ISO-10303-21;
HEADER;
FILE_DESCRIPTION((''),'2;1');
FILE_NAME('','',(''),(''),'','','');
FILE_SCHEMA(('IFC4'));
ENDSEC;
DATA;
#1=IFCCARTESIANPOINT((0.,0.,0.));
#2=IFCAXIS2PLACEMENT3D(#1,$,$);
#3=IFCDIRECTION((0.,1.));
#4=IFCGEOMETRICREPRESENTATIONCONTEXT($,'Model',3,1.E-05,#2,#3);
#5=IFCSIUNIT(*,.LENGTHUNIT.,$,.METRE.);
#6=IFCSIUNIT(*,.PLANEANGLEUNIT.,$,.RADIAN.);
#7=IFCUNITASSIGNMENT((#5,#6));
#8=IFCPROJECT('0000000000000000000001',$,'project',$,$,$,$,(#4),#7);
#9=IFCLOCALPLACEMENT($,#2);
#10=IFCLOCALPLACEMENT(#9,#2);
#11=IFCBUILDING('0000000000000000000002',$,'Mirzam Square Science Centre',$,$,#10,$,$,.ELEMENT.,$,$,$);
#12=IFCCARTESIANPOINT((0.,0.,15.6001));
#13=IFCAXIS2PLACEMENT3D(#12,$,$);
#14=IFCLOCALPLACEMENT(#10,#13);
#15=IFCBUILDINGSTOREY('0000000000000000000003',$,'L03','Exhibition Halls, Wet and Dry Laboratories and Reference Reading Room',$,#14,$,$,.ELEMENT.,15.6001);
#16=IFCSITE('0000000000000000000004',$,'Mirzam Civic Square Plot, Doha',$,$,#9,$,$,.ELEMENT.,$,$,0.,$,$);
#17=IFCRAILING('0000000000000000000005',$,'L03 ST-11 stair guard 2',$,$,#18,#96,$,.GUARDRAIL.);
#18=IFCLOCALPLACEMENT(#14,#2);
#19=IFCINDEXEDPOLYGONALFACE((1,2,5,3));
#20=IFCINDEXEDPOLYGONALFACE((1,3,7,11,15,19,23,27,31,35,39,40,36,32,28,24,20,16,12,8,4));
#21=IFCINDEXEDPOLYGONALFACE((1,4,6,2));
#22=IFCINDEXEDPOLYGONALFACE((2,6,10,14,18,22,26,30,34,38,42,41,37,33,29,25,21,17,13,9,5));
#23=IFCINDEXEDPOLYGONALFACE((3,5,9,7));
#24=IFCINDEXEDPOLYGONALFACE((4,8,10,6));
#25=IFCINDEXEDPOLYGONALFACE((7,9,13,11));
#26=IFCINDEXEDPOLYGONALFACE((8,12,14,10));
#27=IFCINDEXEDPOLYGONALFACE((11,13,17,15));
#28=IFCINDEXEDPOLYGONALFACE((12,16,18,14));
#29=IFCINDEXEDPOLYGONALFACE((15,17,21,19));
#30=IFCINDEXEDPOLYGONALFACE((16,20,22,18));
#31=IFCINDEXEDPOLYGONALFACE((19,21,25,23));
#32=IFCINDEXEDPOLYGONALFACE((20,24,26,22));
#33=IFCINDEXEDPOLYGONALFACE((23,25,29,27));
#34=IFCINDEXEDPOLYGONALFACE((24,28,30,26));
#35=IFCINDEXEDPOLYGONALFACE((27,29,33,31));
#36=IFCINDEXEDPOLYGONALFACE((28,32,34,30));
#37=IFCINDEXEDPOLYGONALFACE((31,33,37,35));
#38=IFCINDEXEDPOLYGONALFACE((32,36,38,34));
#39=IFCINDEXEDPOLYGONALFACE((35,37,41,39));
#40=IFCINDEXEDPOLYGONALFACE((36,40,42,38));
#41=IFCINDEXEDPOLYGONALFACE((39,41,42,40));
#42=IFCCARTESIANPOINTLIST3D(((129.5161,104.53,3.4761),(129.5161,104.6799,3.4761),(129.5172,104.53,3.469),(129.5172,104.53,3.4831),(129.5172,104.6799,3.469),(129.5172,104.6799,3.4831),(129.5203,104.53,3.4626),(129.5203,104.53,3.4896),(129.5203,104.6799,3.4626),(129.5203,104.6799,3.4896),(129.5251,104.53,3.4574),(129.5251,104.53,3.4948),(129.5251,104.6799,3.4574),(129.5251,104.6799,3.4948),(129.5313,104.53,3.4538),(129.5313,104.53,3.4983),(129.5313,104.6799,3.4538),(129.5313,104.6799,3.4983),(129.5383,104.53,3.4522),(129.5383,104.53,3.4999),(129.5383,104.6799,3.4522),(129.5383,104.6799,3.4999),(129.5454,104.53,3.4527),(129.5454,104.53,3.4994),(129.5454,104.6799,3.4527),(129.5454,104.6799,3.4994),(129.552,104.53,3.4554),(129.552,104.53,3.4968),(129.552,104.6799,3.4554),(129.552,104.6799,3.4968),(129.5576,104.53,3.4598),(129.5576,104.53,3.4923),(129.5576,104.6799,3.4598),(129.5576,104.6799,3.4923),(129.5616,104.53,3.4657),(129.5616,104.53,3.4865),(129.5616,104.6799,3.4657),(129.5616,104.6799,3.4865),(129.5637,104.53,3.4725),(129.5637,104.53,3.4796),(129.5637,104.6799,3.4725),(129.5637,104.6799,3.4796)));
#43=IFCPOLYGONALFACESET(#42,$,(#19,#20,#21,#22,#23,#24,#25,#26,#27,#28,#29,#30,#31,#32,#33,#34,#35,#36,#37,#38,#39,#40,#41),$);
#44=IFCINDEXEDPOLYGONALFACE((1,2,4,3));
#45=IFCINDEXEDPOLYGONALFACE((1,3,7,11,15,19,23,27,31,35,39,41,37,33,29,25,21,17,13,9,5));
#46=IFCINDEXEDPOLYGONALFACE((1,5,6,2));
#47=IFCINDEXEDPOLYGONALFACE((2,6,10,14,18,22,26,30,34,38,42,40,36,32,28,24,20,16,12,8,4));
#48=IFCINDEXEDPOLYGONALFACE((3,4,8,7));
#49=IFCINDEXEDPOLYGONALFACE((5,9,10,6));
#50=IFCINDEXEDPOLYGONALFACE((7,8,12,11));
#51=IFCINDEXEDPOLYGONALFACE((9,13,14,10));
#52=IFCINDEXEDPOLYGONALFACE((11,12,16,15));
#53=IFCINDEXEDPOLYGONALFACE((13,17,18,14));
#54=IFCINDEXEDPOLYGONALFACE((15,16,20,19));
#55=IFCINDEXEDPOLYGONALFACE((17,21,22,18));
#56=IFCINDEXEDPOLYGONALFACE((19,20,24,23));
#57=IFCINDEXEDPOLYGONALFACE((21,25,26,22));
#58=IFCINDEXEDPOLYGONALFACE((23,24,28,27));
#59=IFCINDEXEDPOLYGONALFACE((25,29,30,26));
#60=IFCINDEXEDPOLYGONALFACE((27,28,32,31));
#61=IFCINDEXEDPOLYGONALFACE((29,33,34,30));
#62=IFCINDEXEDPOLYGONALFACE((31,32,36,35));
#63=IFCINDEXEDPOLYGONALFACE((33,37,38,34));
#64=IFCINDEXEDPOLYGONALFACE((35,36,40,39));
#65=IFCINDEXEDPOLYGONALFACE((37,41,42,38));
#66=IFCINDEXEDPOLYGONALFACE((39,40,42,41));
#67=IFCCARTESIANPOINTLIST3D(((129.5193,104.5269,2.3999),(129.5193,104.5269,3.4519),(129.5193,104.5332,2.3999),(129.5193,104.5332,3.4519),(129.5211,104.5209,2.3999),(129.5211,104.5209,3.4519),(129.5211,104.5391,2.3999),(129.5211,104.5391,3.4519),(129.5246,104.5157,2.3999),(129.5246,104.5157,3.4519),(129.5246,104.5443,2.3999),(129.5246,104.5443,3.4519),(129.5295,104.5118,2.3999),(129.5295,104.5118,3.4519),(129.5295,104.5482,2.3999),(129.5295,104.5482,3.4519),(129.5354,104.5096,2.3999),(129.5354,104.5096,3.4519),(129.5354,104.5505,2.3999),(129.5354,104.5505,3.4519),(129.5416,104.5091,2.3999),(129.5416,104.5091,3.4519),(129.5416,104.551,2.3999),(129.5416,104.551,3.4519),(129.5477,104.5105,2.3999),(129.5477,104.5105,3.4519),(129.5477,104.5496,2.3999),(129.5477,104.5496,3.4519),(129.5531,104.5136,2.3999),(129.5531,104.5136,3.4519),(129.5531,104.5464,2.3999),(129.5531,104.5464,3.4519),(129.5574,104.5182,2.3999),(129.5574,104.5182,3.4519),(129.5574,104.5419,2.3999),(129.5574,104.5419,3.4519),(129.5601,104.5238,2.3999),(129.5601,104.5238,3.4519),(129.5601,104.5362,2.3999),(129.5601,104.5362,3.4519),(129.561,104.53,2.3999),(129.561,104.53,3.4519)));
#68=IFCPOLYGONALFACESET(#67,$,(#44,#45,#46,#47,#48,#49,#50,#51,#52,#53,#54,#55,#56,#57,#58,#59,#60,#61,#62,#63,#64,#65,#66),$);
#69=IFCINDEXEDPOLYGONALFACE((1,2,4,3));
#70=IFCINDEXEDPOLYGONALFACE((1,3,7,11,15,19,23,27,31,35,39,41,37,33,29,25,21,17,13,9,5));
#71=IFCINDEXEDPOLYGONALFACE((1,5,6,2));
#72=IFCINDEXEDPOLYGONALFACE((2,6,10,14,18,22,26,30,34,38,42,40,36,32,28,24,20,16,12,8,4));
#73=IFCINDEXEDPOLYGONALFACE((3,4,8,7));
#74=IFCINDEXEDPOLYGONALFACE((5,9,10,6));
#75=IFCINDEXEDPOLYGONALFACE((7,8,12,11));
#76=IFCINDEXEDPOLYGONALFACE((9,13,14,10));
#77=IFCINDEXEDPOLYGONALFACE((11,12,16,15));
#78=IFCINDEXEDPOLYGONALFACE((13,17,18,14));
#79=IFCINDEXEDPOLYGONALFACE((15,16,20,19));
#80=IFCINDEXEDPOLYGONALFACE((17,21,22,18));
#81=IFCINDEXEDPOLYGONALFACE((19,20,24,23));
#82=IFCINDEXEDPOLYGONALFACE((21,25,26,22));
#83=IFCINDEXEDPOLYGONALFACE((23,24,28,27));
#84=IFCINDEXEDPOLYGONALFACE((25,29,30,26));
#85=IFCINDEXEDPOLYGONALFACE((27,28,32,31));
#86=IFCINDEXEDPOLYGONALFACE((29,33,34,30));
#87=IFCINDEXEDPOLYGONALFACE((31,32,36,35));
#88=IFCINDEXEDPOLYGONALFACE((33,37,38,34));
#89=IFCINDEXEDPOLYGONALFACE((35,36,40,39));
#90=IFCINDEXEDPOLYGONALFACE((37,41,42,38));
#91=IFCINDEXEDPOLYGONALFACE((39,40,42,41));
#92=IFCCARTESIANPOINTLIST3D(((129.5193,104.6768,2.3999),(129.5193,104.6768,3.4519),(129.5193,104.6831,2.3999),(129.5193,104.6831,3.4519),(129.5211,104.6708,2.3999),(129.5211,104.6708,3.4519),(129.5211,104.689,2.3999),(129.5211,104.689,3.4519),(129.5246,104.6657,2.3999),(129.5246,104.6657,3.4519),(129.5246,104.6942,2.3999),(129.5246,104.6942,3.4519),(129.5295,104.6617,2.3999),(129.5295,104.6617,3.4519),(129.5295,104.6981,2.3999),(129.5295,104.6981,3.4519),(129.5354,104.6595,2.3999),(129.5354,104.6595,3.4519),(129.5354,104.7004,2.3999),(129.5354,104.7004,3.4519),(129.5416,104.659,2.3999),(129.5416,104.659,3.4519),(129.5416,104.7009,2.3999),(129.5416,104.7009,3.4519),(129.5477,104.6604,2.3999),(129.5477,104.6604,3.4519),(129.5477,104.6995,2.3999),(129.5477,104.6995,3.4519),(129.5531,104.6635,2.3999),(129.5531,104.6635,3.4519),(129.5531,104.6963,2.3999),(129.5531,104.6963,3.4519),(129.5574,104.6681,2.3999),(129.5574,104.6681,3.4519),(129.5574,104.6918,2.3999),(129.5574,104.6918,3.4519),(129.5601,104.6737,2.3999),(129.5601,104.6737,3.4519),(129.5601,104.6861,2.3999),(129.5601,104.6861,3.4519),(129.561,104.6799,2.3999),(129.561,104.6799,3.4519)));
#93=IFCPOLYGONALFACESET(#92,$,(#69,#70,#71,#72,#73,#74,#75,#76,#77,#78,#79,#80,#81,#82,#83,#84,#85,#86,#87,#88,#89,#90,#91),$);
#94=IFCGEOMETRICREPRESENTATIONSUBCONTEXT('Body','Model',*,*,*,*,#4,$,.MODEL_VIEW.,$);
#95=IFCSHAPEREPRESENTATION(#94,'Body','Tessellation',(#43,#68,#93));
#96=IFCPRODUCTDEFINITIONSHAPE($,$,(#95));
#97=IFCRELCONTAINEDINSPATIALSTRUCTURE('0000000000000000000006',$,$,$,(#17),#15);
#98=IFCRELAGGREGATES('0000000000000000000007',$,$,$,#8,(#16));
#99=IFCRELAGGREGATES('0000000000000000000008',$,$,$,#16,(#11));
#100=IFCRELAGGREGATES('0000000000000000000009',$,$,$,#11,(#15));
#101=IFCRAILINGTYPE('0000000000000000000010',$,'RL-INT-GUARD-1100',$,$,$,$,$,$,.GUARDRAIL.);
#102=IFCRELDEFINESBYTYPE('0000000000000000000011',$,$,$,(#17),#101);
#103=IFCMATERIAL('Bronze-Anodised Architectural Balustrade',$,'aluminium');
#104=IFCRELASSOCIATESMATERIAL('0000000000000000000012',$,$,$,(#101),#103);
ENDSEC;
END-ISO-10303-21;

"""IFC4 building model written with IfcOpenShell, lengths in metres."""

from ifc_helpers import new_model, si_unit, direction, frame, origin, origin_2d, place, context, subcontext, project, spatial, circle, extrude, material, type_object, element, save


model = new_model("IFC4")

# Units and contexts
model_context = context("Model", 3, precision=1e-05, world=origin(), true_north=direction((0.0, 1.0)))
body_context = subcontext(model_context, "Body", "Model", "MODEL_VIEW")
ifc_project = project(units=[si_unit("LENGTHUNIT", "METRE"), si_unit("PLANEANGLEUNIT", "RADIAN")], contexts=[model_context])

# Site, building, storey
site_placement = place(None, origin())
site = spatial("IfcSite", under=ifc_project, at=site_placement, Name="Mirzam Civic Square Plot, Doha", CompositionType="ELEMENT", RefElevation=0.0)
building_placement = place(site_placement, origin())
building = spatial("IfcBuilding", under=site, at=building_placement, Name="Mirzam Square Science Centre", CompositionType="ELEMENT")
storey_placement = place(building_placement, frame((0.0, 0.0, 15.6001)))
storey = spatial("IfcBuildingStorey", under=building, at=storey_placement, Name="L03", Description="Exhibition Halls, Wet and Dry Laboratories and Reference Reading Room", CompositionType="ELEMENT", Elevation=15.6001)

# Railing
ifc_material_1 = material(Name="Bronze-Anodised Architectural Balustrade", Category="aluminium")
railing_type_1 = type_object("IfcRailingType", Name="RL-INT-GUARD-1100", PredefinedType="GUARDRAIL", material=ifc_material_1)
railing_1_placement = place(storey_placement, frame((129.54, 104.53, 2.3999)))
element("IfcRailing", 1, at=railing_1_placement, inside=storey, type_object=railing_type_1, Name="L03 ST-11 stair guard 2", PredefinedType="GUARDRAIL", context=body_context, shape_type="SweptSolid", body=[
    extrude(circle(Radius=0.0239, at=origin_2d()), frame((0.0, 0.0, 1.0762), z_axis=(0.0, 1.0, 0.0), x_axis=(-1.0, 0.0, 0.0)), (0.0, 0.0, 1.0), 0.1499),
    extrude(circle(Radius=0.021, at=origin_2d()), origin(), (0.0, 0.0, 1.0), 1.052),
    extrude(circle(Radius=0.021, at=origin_2d()), frame((0.0, 0.1499, 0.0)), (0.0, 0.0, 1.0), 1.052),
])

save(model, "model.ifc")
